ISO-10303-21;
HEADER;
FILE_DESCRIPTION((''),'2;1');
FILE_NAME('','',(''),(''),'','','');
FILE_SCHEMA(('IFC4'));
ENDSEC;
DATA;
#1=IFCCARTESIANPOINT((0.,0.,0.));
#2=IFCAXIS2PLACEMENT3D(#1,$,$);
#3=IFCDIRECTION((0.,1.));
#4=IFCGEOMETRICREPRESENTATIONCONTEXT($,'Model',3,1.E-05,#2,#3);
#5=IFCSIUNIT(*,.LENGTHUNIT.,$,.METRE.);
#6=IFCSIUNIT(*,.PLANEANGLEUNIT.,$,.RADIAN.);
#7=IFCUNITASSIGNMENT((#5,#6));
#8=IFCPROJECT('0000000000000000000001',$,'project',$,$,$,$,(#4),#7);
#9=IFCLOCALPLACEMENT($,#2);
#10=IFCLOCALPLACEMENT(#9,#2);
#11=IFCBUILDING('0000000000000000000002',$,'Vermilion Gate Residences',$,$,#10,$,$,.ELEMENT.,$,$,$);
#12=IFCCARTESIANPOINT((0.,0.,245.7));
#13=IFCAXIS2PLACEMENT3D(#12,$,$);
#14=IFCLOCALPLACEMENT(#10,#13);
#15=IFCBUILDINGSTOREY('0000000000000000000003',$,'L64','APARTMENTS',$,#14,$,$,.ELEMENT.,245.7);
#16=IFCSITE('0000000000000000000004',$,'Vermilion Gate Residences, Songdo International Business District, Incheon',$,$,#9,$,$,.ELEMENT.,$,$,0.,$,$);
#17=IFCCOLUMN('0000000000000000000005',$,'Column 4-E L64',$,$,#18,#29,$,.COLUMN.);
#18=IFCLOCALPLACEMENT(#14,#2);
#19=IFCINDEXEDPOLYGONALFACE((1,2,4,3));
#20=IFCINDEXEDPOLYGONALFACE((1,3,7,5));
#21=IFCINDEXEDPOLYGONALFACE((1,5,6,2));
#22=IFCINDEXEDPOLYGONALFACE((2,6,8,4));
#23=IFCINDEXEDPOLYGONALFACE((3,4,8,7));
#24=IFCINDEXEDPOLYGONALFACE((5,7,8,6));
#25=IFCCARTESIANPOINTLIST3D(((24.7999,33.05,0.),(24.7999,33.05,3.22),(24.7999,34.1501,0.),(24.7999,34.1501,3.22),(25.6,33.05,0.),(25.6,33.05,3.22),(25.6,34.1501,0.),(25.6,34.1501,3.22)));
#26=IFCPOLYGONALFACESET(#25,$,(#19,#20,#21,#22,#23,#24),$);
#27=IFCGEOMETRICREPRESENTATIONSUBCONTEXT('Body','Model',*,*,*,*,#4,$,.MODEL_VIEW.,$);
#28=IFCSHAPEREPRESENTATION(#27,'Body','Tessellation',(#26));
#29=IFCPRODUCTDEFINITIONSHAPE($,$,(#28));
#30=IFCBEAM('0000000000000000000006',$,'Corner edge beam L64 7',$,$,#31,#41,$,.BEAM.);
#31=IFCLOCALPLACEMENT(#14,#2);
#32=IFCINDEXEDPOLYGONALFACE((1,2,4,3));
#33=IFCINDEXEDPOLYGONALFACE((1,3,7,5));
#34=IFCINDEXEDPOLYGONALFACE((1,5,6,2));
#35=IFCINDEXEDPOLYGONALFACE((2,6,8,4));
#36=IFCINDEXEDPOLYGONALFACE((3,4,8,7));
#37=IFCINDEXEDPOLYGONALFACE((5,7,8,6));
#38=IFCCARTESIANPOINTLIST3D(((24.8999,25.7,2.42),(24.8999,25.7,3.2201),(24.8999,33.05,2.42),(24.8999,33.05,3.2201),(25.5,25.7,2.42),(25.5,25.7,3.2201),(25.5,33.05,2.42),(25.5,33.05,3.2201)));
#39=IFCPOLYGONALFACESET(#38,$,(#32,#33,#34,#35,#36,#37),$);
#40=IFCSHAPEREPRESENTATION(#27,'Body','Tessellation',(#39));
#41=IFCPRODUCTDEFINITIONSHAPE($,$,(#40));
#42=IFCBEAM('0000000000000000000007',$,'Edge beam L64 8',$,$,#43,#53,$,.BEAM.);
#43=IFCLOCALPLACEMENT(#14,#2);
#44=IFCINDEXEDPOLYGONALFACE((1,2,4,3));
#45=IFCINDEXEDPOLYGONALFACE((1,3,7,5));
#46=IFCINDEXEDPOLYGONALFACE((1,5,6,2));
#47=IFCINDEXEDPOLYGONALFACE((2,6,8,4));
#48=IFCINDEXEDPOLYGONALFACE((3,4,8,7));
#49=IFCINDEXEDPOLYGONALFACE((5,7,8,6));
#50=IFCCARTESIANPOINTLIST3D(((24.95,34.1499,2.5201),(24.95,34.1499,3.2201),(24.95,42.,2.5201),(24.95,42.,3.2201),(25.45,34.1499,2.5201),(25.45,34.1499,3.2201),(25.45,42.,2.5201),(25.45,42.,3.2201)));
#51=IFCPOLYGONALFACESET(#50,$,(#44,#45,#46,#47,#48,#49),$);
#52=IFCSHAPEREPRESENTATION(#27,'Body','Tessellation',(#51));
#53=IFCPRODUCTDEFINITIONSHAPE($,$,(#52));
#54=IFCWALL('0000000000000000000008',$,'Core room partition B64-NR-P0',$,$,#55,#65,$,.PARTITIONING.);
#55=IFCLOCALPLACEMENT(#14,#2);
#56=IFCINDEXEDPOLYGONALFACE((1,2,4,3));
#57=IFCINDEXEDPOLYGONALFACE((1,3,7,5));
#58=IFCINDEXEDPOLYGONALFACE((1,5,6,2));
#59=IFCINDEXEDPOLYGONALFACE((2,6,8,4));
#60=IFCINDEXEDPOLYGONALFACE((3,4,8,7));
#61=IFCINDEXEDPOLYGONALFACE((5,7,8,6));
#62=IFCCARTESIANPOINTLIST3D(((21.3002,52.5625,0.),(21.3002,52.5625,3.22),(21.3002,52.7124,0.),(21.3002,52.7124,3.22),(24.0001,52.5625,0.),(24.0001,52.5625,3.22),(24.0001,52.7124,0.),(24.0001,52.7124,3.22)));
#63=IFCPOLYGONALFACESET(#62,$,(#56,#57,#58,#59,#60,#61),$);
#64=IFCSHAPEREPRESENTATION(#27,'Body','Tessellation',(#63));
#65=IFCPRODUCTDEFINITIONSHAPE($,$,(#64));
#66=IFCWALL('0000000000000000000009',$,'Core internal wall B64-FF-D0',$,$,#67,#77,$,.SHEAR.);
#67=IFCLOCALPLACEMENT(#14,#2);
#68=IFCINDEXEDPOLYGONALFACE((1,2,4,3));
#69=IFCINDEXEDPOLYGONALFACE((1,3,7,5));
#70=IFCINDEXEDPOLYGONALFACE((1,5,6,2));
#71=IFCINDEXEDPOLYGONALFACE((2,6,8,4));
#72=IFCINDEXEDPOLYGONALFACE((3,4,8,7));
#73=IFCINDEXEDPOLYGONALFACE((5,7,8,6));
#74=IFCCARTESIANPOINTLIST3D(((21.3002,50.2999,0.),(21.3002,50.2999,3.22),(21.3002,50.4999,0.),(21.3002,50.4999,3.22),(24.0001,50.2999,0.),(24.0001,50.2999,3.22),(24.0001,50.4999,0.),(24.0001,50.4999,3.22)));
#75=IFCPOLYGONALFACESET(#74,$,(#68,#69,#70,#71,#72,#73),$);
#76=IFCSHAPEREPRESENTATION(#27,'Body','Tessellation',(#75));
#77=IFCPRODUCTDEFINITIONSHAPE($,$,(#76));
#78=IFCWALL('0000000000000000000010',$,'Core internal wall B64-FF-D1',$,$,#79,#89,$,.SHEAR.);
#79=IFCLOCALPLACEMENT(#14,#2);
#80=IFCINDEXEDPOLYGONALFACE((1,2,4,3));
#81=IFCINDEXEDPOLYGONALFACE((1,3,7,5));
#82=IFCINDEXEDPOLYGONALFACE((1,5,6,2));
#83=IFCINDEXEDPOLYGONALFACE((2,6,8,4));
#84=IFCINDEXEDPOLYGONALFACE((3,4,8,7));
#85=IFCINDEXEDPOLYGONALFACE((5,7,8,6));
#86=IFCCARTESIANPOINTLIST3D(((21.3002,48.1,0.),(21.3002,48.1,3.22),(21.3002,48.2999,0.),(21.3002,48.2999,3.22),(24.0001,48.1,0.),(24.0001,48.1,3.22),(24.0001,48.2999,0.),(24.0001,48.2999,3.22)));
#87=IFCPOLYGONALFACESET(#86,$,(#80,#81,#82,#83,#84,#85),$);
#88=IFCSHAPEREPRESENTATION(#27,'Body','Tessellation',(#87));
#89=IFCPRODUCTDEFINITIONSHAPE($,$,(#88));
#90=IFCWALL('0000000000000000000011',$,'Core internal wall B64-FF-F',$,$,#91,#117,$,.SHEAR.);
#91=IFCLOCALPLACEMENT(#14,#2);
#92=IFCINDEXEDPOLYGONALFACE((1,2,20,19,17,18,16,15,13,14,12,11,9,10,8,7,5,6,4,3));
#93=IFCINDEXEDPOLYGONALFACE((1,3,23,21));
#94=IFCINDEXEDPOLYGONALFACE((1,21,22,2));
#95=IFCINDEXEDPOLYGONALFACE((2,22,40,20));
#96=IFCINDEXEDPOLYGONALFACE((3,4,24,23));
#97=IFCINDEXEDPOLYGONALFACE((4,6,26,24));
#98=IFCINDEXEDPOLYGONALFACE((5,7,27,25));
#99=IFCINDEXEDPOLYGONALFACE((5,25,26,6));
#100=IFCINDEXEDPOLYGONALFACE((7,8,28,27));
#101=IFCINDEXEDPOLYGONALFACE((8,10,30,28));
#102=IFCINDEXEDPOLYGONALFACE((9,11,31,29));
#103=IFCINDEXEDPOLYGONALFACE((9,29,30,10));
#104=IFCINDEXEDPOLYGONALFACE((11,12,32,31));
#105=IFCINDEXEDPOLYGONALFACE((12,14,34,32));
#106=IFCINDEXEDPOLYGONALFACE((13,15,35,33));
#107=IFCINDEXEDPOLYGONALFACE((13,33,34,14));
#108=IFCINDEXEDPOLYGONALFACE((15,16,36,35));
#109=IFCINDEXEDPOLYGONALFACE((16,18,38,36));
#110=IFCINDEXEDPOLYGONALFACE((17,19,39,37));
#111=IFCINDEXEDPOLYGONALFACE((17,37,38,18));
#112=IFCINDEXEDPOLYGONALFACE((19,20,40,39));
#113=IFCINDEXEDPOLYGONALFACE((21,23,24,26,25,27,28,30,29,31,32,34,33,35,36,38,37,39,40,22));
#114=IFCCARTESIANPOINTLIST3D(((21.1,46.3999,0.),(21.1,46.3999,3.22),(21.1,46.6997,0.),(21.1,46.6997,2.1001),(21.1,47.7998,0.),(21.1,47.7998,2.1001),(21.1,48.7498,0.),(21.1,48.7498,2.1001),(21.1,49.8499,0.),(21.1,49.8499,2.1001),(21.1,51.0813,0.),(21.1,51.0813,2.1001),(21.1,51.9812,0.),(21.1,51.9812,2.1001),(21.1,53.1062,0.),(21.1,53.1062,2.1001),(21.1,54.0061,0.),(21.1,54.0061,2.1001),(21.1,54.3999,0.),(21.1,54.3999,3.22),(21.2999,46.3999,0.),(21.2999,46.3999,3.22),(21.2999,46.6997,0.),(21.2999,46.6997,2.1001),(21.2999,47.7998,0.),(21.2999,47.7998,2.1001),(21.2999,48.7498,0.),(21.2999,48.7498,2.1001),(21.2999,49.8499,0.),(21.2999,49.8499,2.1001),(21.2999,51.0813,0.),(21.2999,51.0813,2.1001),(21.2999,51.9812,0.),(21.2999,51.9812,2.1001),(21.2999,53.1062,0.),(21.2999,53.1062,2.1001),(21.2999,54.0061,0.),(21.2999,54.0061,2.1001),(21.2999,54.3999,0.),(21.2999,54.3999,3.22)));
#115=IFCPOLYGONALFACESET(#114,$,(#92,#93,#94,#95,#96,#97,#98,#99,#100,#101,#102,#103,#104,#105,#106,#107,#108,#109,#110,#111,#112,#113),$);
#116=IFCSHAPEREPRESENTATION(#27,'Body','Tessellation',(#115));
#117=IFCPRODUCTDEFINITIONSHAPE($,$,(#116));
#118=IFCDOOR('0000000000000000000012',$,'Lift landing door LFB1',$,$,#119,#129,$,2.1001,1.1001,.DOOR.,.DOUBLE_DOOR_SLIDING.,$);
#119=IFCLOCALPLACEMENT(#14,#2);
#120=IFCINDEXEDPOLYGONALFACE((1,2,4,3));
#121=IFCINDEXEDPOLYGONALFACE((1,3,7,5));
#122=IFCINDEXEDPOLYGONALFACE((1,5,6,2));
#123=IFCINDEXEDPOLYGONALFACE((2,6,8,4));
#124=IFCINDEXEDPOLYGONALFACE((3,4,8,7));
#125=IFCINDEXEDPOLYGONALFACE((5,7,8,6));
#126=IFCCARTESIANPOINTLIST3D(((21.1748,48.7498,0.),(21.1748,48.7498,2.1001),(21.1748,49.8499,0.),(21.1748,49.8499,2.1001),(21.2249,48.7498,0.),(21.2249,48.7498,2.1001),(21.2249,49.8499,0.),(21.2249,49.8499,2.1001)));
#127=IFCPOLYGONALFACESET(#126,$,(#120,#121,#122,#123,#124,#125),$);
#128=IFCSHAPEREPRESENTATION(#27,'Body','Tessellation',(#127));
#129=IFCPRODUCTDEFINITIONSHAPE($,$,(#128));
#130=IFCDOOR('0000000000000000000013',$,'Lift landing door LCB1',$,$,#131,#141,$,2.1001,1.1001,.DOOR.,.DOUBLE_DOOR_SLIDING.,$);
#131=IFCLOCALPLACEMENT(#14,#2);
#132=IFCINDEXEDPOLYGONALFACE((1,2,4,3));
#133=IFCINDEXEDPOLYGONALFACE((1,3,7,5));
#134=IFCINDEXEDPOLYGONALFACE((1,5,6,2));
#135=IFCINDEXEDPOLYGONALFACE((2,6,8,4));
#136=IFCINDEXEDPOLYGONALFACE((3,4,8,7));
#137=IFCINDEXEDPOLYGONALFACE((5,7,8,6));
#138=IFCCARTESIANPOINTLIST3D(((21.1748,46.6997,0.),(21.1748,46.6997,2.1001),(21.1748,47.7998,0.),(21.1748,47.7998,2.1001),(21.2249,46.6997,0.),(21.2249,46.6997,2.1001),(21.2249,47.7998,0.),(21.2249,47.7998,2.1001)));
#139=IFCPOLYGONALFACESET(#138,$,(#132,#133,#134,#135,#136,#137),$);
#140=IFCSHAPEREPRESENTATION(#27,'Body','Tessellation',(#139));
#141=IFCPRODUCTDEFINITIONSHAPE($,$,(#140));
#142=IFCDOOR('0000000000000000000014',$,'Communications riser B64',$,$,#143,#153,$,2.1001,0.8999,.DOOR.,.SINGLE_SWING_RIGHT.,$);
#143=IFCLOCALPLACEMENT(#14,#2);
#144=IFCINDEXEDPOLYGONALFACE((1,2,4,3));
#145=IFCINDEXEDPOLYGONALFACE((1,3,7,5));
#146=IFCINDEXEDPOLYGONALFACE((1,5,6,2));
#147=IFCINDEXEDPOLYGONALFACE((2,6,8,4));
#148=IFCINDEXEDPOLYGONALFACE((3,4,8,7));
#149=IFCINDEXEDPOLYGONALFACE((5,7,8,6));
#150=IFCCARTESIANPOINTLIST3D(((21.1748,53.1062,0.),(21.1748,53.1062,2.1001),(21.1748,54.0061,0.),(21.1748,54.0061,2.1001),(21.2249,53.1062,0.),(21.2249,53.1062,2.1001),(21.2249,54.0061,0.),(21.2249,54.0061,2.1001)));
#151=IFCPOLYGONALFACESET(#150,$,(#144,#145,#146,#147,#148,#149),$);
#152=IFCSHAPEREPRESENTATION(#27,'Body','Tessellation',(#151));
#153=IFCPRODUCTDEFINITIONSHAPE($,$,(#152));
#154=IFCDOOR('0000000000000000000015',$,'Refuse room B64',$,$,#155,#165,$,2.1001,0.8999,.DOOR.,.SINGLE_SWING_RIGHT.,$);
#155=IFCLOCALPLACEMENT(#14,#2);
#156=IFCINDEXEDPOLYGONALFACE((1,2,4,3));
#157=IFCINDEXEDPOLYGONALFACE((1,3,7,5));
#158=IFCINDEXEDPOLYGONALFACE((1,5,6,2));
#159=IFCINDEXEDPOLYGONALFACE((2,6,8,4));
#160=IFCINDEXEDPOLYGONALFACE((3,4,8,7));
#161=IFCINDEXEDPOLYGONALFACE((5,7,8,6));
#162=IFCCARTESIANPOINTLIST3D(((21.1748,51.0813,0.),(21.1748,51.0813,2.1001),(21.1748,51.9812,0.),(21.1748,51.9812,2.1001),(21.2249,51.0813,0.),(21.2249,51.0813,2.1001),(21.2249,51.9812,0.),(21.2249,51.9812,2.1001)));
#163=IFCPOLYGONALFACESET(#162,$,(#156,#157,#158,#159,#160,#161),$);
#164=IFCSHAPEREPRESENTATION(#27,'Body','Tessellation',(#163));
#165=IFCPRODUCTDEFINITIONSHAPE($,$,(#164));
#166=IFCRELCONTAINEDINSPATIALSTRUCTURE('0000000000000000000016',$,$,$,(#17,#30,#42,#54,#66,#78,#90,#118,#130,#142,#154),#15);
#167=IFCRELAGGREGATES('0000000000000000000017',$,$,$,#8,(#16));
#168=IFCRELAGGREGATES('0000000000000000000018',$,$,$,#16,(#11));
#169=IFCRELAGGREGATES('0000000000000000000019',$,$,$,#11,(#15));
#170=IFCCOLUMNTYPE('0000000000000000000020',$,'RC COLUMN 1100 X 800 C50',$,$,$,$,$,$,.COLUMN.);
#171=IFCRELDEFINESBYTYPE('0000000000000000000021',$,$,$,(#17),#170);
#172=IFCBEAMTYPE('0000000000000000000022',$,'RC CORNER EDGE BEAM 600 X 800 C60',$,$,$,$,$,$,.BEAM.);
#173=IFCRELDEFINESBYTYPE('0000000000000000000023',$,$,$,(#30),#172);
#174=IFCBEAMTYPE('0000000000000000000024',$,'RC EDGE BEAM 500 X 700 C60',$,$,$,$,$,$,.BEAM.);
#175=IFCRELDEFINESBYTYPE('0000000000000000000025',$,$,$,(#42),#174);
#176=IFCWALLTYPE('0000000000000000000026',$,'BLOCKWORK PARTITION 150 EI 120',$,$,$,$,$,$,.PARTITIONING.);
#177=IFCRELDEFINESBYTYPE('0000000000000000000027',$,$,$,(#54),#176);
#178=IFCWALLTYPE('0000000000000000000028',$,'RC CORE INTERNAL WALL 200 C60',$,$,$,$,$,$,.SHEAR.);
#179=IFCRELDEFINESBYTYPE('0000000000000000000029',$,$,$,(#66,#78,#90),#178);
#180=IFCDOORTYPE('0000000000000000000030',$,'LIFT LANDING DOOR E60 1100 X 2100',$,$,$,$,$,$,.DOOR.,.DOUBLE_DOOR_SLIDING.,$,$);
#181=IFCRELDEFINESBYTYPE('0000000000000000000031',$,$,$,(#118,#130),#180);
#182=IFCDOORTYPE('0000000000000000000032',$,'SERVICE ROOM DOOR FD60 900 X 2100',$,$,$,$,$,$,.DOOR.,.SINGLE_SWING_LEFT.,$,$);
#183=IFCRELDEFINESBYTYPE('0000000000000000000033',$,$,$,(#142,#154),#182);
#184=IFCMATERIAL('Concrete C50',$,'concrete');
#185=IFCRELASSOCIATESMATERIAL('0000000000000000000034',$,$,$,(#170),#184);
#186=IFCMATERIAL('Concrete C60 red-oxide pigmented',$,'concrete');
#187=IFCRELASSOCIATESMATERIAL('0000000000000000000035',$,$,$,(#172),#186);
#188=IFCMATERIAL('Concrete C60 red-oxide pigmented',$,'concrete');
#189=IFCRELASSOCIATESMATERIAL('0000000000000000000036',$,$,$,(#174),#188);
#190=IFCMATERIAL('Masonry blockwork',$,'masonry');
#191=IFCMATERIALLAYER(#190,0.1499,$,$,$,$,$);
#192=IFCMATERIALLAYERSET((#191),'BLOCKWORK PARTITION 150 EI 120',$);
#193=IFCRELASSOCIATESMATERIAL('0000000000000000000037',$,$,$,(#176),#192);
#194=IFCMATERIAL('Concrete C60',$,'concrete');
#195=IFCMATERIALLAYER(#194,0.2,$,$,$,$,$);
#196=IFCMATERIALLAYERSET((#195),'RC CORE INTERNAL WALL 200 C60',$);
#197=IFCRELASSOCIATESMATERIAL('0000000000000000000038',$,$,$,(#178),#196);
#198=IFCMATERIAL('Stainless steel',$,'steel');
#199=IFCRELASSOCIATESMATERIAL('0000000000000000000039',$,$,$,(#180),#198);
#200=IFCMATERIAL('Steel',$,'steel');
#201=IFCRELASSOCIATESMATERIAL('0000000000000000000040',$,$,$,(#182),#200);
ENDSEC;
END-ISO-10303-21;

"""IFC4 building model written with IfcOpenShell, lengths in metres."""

from ifc_helpers import new_model, si_unit, direction, frame, frame_2d, origin, origin_2d, place, context, subcontext, project, spatial, rectangle, extrude, material, layer, layer_set, material_profile, profile_set, type_object, element, fill, save


model = new_model("IFC4")

# Units and contexts
model_context = context("Model", 3, precision=1e-05, world=origin(), true_north=direction((0.0, 1.0)))
body_context = subcontext(model_context, "Body", "Model", "MODEL_VIEW")
ifc_project = project(units=[si_unit("LENGTHUNIT", "METRE"), si_unit("PLANEANGLEUNIT", "RADIAN")], contexts=[model_context])

# Site, building, storey
site_placement = place(None, origin())
site = spatial("IfcSite", under=ifc_project, at=site_placement, Name="Vermilion Gate Residences, Songdo International Business District, Incheon", CompositionType="ELEMENT", RefElevation=0.0)
building_placement = place(site_placement, origin())
building = spatial("IfcBuilding", under=site, at=building_placement, Name="Vermilion Gate Residences", CompositionType="ELEMENT")
storey_placement = place(building_placement, frame((0.0, 0.0, 245.7)))
storey = spatial("IfcBuildingStorey", under=building, at=storey_placement, Name="L64", Description="APARTMENTS", CompositionType="ELEMENT", Elevation=245.7)

# Column
ifc_material_1 = material(Name="Concrete C50", Category="concrete")
ifc_material_profile_1 = material_profile(ifc_material_1, rectangle(XDim=1.1001, YDim=0.8, at=origin_2d()), Name="RC-1100x800")
ifc_profile_set_1 = profile_set([ifc_material_profile_1], Name="Concrete C50")
column_type = type_object("IfcColumnType", Name="RC COLUMN 1100 X 800 C50", PredefinedType="COLUMN", material=ifc_profile_set_1)
column_placement = place(storey_placement, frame((25.2, 33.6001, 0.0), z_axis=(0.0, 0.0, 1.0), x_axis=(0.0, 1.0, 0.0)))
element("IfcColumn", 1, at=column_placement, inside=storey, type_object=column_type, Name="Column 4-E L64", PredefinedType="COLUMN", context=body_context, shape_type="SweptSolid", body=[
    extrude(rectangle(XDim=1.1001, YDim=0.8, at=origin_2d()), origin(), (0.0, 0.0, 1.0), 3.22),
])

# Beams
ifc_material_2 = material(Name="Concrete C60 red-oxide pigmented", Category="concrete")
ifc_material_profile_2 = material_profile(ifc_material_2, rectangle(XDim=0.6001, YDim=0.8, at=origin_2d()), Name="RC-600x800")
ifc_profile_set_2 = profile_set([ifc_material_profile_2], Name="Concrete C60 red-oxide pigmented")
beam_type_1 = type_object("IfcBeamType", Name="RC CORNER EDGE BEAM 600 X 800 C60", PredefinedType="BEAM", material=ifc_profile_set_2)
beam_1_placement = place(storey_placement, frame((25.2, 25.7, 2.8201), z_axis=(0.0, 1.0, 0.0), x_axis=(-1.0, 0.0, 0.0)))
element("IfcBeam", 2, at=beam_1_placement, inside=storey, type_object=beam_type_1, Name="Corner edge beam L64 7", PredefinedType="BEAM", context=body_context, shape_type="SweptSolid", body=[
    extrude(rectangle(XDim=0.6001, YDim=0.8, at=origin_2d()), origin(), (0.0, 0.0, 1.0), 7.3501),
])
ifc_material_3 = material(Name="Concrete C60 red-oxide pigmented", Category="concrete")
ifc_material_profile_3 = material_profile(ifc_material_3, rectangle(XDim=0.5, YDim=0.7, at=origin_2d()), Name="RC-500x700")
ifc_profile_set_3 = profile_set([ifc_material_profile_3], Name="Concrete C60 red-oxide pigmented")
beam_type_2 = type_object("IfcBeamType", Name="RC EDGE BEAM 500 X 700 C60", PredefinedType="BEAM", material=ifc_profile_set_3)
beam_2_placement = place(storey_placement, frame((25.2, 34.1499, 2.8701), z_axis=(0.0, 1.0, 0.0), x_axis=(-1.0, 0.0, 0.0)))
element("IfcBeam", 3, at=beam_2_placement, inside=storey, type_object=beam_type_2, Name="Edge beam L64 8", PredefinedType="BEAM", context=body_context, shape_type="SweptSolid", body=[
    extrude(rectangle(XDim=0.5, YDim=0.7, at=origin_2d()), origin(), (0.0, 0.0, 1.0), 7.8501),
])

# Walls
ifc_material_4 = material(Name="Masonry blockwork", Category="masonry")
ifc_layer_1 = layer(ifc_material_4, 0.1499)
ifc_layer_set_1 = layer_set([ifc_layer_1], Name="BLOCKWORK PARTITION 150 EI 120")
wall_type_1 = type_object("IfcWallType", Name="BLOCKWORK PARTITION 150 EI 120", PredefinedType="PARTITIONING", material=ifc_layer_set_1)
wall_1_placement = place(storey_placement, frame((21.3, 52.6375, 0.0), z_axis=(0.0, 0.0, 1.0), x_axis=(1.0, 0.0, 0.0)))
element("IfcWall", 4, at=wall_1_placement, inside=storey, type_object=wall_type_1, Name="Core room partition B64-NR-P0", PredefinedType="PARTITIONING", context=body_context, shape_type="SweptSolid", body=[
    extrude(rectangle(XDim=2.7, YDim=0.1499, at=frame_2d((1.3501, 0.0))), origin(), (0.0, 0.0, 1.0), 3.22),
])
ifc_material_5 = material(Name="Concrete C60", Category="concrete")
ifc_layer_2 = layer(ifc_material_5, 0.2)
ifc_layer_set_2 = layer_set([ifc_layer_2], Name="RC CORE INTERNAL WALL 200 C60")
wall_type_2 = type_object("IfcWallType", Name="RC CORE INTERNAL WALL 200 C60", PredefinedType="SHEAR", material=ifc_layer_set_2)
for number, where, z_axis, x_axis, name in (
    (5, (21.3, 50.3999, 0.0), (0.0, 0.0, 1.0), (1.0, 0.0, 0.0), "Core internal wall B64-FF-D0"),
    (6, (21.3, 48.2, 0.0), (0.0, 0.0, 1.0), (1.0, 0.0, 0.0), "Core internal wall B64-FF-D1"),
):
    element("IfcWall", number, at=place(storey_placement, frame(where, z_axis=z_axis, x_axis=x_axis)), inside=storey, type_object=wall_type_2, Name=name, PredefinedType="SHEAR", context=body_context, shape_type="SweptSolid", body=[
        extrude(rectangle(XDim=2.7, YDim=0.2, at=frame_2d((1.3501, 0.0))), origin(), (0.0, 0.0, 1.0), 3.22),
    ])

# Wall, openings, doors
wall_2_placement = place(storey_placement, frame((21.2, 54.3999, 0.0), z_axis=(0.0, 0.0, 1.0), x_axis=(0.0, -1.0, 0.0)))
wall_2 = element("IfcWall", 7, at=wall_2_placement, inside=storey, type_object=wall_type_2, Name="Core internal wall B64-FF-F", PredefinedType="SHEAR", context=body_context, shape_type="SweptSolid", body=[
    extrude(rectangle(XDim=8.0, YDim=0.2, at=frame_2d((4.0, 0.0))), origin(), (0.0, 0.0, 1.0), 3.22),
])
opening_1_placement = place(wall_2_placement, frame((0.3938, 0.0, 0.0)))
opening_1 = element("IfcOpeningElement", 8, at=opening_1_placement, cuts=wall_2, PredefinedType="OPENING", context=body_context, shape_type="SweptSolid", body=[
    extrude(rectangle(XDim=0.8999, YDim=2.1001, at=frame_2d((0.45, 1.05))), frame((0.0, 0.1099, 0.0), z_axis=(0.0, -1.0, 0.0), x_axis=(1.0, 0.0, 0.0)), (0.0, 0.0, 1.0), 0.22),
])
opening_2_placement = place(wall_2_placement, frame((2.4187, 0.0, 0.0)))
opening_2 = element("IfcOpeningElement", 9, at=opening_2_placement, cuts=wall_2, PredefinedType="OPENING", context=body_context, shape_type="SweptSolid", body=[
    extrude(rectangle(XDim=0.8999, YDim=2.1001, at=frame_2d((0.45, 1.05))), frame((0.0, 0.1099, 0.0), z_axis=(0.0, -1.0, 0.0), x_axis=(1.0, 0.0, 0.0)), (0.0, 0.0, 1.0), 0.22),
])
opening_3_placement = place(wall_2_placement, frame((4.55, 0.0, 0.0)))
opening_3 = element("IfcOpeningElement", 10, at=opening_3_placement, cuts=wall_2, PredefinedType="OPENING", context=body_context, shape_type="SweptSolid", body=[
    extrude(rectangle(XDim=1.1001, YDim=2.1001, at=frame_2d((0.55, 1.05))), frame((0.0, 0.1099, 0.0), z_axis=(0.0, -1.0, 0.0), x_axis=(1.0, 0.0, 0.0)), (0.0, 0.0, 1.0), 0.22),
])
opening_4_placement = place(wall_2_placement, frame((6.6001, 0.0, 0.0)))
opening_4 = element("IfcOpeningElement", 11, at=opening_4_placement, cuts=wall_2, PredefinedType="OPENING", context=body_context, shape_type="SweptSolid", body=[
    extrude(rectangle(XDim=1.1001, YDim=2.1001, at=frame_2d((0.55, 1.05))), frame((0.0, 0.1099, 0.0), z_axis=(0.0, -1.0, 0.0), x_axis=(1.0, 0.0, 0.0)), (0.0, 0.0, 1.0), 0.22),
])
ifc_material_6 = material(Name="Stainless steel", Category="steel")
door_type_1 = type_object("IfcDoorType", Name="LIFT LANDING DOOR E60 1100 X 2100", OperationType="DOUBLE_DOOR_SLIDING", PredefinedType="DOOR", material=ifc_material_6)
door_1_placement = place(opening_3_placement, origin())
door_1 = element("IfcDoor", 12, at=door_1_placement, inside=storey, type_object=door_type_1, Name="Lift landing door LFB1", OperationType="DOUBLE_DOOR_SLIDING", OverallHeight=2.1001, OverallWidth=1.1001, PredefinedType="DOOR", context=body_context, shape_type="SweptSolid", body=[
    extrude(rectangle(XDim=1.1001, YDim=2.1001, at=frame_2d((0.55, 1.05))), frame((0.0, 0.0249, 0.0), z_axis=(0.0, -1.0, 0.0), x_axis=(1.0, 0.0, 0.0)), (0.0, 0.0, 1.0), 0.05),
])
fill(opening_3, door_1)
door_2_placement = place(opening_4_placement, origin())
door_2 = element("IfcDoor", 13, at=door_2_placement, inside=storey, type_object=door_type_1, Name="Lift landing door LCB1", OperationType="DOUBLE_DOOR_SLIDING", OverallHeight=2.1001, OverallWidth=1.1001, PredefinedType="DOOR", context=body_context, shape_type="SweptSolid", body=[
    extrude(rectangle(XDim=1.1001, YDim=2.1001, at=frame_2d((0.55, 1.05))), frame((0.0, 0.0249, 0.0), z_axis=(0.0, -1.0, 0.0), x_axis=(1.0, 0.0, 0.0)), (0.0, 0.0, 1.0), 0.05),
])
fill(opening_4, door_2)
ifc_material_7 = material(Name="Steel", Category="steel")
door_type_2 = type_object("IfcDoorType", Name="SERVICE ROOM DOOR FD60 900 X 2100", OperationType="SINGLE_SWING_LEFT", PredefinedType="DOOR", material=ifc_material_7)
door_3_placement = place(opening_1_placement, origin())
door_3 = element("IfcDoor", 14, at=door_3_placement, inside=storey, type_object=door_type_2, Name="Communications riser B64", OperationType="SINGLE_SWING_RIGHT", OverallHeight=2.1001, OverallWidth=0.8999, PredefinedType="DOOR", context=body_context, shape_type="SweptSolid", body=[
    extrude(rectangle(XDim=0.8999, YDim=2.1001, at=frame_2d((0.45, 1.05))), frame((0.0, 0.0249, 0.0), z_axis=(0.0, -1.0, 0.0), x_axis=(1.0, 0.0, 0.0)), (0.0, 0.0, 1.0), 0.05),
])
fill(opening_1, door_3)
door_4_placement = place(opening_2_placement, origin())
door_4 = element("IfcDoor", 15, at=door_4_placement, inside=storey, type_object=door_type_2, Name="Refuse room B64", OperationType="SINGLE_SWING_RIGHT", OverallHeight=2.1001, OverallWidth=0.8999, PredefinedType="DOOR", context=body_context, shape_type="SweptSolid", body=[
    extrude(rectangle(XDim=0.8999, YDim=2.1001, at=frame_2d((0.45, 1.05))), frame((0.0, 0.0249, 0.0), z_axis=(0.0, -1.0, 0.0), x_axis=(1.0, 0.0, 0.0)), (0.0, 0.0, 1.0), 0.05),
])
fill(opening_2, door_4)

save(model, "model.ifc")
